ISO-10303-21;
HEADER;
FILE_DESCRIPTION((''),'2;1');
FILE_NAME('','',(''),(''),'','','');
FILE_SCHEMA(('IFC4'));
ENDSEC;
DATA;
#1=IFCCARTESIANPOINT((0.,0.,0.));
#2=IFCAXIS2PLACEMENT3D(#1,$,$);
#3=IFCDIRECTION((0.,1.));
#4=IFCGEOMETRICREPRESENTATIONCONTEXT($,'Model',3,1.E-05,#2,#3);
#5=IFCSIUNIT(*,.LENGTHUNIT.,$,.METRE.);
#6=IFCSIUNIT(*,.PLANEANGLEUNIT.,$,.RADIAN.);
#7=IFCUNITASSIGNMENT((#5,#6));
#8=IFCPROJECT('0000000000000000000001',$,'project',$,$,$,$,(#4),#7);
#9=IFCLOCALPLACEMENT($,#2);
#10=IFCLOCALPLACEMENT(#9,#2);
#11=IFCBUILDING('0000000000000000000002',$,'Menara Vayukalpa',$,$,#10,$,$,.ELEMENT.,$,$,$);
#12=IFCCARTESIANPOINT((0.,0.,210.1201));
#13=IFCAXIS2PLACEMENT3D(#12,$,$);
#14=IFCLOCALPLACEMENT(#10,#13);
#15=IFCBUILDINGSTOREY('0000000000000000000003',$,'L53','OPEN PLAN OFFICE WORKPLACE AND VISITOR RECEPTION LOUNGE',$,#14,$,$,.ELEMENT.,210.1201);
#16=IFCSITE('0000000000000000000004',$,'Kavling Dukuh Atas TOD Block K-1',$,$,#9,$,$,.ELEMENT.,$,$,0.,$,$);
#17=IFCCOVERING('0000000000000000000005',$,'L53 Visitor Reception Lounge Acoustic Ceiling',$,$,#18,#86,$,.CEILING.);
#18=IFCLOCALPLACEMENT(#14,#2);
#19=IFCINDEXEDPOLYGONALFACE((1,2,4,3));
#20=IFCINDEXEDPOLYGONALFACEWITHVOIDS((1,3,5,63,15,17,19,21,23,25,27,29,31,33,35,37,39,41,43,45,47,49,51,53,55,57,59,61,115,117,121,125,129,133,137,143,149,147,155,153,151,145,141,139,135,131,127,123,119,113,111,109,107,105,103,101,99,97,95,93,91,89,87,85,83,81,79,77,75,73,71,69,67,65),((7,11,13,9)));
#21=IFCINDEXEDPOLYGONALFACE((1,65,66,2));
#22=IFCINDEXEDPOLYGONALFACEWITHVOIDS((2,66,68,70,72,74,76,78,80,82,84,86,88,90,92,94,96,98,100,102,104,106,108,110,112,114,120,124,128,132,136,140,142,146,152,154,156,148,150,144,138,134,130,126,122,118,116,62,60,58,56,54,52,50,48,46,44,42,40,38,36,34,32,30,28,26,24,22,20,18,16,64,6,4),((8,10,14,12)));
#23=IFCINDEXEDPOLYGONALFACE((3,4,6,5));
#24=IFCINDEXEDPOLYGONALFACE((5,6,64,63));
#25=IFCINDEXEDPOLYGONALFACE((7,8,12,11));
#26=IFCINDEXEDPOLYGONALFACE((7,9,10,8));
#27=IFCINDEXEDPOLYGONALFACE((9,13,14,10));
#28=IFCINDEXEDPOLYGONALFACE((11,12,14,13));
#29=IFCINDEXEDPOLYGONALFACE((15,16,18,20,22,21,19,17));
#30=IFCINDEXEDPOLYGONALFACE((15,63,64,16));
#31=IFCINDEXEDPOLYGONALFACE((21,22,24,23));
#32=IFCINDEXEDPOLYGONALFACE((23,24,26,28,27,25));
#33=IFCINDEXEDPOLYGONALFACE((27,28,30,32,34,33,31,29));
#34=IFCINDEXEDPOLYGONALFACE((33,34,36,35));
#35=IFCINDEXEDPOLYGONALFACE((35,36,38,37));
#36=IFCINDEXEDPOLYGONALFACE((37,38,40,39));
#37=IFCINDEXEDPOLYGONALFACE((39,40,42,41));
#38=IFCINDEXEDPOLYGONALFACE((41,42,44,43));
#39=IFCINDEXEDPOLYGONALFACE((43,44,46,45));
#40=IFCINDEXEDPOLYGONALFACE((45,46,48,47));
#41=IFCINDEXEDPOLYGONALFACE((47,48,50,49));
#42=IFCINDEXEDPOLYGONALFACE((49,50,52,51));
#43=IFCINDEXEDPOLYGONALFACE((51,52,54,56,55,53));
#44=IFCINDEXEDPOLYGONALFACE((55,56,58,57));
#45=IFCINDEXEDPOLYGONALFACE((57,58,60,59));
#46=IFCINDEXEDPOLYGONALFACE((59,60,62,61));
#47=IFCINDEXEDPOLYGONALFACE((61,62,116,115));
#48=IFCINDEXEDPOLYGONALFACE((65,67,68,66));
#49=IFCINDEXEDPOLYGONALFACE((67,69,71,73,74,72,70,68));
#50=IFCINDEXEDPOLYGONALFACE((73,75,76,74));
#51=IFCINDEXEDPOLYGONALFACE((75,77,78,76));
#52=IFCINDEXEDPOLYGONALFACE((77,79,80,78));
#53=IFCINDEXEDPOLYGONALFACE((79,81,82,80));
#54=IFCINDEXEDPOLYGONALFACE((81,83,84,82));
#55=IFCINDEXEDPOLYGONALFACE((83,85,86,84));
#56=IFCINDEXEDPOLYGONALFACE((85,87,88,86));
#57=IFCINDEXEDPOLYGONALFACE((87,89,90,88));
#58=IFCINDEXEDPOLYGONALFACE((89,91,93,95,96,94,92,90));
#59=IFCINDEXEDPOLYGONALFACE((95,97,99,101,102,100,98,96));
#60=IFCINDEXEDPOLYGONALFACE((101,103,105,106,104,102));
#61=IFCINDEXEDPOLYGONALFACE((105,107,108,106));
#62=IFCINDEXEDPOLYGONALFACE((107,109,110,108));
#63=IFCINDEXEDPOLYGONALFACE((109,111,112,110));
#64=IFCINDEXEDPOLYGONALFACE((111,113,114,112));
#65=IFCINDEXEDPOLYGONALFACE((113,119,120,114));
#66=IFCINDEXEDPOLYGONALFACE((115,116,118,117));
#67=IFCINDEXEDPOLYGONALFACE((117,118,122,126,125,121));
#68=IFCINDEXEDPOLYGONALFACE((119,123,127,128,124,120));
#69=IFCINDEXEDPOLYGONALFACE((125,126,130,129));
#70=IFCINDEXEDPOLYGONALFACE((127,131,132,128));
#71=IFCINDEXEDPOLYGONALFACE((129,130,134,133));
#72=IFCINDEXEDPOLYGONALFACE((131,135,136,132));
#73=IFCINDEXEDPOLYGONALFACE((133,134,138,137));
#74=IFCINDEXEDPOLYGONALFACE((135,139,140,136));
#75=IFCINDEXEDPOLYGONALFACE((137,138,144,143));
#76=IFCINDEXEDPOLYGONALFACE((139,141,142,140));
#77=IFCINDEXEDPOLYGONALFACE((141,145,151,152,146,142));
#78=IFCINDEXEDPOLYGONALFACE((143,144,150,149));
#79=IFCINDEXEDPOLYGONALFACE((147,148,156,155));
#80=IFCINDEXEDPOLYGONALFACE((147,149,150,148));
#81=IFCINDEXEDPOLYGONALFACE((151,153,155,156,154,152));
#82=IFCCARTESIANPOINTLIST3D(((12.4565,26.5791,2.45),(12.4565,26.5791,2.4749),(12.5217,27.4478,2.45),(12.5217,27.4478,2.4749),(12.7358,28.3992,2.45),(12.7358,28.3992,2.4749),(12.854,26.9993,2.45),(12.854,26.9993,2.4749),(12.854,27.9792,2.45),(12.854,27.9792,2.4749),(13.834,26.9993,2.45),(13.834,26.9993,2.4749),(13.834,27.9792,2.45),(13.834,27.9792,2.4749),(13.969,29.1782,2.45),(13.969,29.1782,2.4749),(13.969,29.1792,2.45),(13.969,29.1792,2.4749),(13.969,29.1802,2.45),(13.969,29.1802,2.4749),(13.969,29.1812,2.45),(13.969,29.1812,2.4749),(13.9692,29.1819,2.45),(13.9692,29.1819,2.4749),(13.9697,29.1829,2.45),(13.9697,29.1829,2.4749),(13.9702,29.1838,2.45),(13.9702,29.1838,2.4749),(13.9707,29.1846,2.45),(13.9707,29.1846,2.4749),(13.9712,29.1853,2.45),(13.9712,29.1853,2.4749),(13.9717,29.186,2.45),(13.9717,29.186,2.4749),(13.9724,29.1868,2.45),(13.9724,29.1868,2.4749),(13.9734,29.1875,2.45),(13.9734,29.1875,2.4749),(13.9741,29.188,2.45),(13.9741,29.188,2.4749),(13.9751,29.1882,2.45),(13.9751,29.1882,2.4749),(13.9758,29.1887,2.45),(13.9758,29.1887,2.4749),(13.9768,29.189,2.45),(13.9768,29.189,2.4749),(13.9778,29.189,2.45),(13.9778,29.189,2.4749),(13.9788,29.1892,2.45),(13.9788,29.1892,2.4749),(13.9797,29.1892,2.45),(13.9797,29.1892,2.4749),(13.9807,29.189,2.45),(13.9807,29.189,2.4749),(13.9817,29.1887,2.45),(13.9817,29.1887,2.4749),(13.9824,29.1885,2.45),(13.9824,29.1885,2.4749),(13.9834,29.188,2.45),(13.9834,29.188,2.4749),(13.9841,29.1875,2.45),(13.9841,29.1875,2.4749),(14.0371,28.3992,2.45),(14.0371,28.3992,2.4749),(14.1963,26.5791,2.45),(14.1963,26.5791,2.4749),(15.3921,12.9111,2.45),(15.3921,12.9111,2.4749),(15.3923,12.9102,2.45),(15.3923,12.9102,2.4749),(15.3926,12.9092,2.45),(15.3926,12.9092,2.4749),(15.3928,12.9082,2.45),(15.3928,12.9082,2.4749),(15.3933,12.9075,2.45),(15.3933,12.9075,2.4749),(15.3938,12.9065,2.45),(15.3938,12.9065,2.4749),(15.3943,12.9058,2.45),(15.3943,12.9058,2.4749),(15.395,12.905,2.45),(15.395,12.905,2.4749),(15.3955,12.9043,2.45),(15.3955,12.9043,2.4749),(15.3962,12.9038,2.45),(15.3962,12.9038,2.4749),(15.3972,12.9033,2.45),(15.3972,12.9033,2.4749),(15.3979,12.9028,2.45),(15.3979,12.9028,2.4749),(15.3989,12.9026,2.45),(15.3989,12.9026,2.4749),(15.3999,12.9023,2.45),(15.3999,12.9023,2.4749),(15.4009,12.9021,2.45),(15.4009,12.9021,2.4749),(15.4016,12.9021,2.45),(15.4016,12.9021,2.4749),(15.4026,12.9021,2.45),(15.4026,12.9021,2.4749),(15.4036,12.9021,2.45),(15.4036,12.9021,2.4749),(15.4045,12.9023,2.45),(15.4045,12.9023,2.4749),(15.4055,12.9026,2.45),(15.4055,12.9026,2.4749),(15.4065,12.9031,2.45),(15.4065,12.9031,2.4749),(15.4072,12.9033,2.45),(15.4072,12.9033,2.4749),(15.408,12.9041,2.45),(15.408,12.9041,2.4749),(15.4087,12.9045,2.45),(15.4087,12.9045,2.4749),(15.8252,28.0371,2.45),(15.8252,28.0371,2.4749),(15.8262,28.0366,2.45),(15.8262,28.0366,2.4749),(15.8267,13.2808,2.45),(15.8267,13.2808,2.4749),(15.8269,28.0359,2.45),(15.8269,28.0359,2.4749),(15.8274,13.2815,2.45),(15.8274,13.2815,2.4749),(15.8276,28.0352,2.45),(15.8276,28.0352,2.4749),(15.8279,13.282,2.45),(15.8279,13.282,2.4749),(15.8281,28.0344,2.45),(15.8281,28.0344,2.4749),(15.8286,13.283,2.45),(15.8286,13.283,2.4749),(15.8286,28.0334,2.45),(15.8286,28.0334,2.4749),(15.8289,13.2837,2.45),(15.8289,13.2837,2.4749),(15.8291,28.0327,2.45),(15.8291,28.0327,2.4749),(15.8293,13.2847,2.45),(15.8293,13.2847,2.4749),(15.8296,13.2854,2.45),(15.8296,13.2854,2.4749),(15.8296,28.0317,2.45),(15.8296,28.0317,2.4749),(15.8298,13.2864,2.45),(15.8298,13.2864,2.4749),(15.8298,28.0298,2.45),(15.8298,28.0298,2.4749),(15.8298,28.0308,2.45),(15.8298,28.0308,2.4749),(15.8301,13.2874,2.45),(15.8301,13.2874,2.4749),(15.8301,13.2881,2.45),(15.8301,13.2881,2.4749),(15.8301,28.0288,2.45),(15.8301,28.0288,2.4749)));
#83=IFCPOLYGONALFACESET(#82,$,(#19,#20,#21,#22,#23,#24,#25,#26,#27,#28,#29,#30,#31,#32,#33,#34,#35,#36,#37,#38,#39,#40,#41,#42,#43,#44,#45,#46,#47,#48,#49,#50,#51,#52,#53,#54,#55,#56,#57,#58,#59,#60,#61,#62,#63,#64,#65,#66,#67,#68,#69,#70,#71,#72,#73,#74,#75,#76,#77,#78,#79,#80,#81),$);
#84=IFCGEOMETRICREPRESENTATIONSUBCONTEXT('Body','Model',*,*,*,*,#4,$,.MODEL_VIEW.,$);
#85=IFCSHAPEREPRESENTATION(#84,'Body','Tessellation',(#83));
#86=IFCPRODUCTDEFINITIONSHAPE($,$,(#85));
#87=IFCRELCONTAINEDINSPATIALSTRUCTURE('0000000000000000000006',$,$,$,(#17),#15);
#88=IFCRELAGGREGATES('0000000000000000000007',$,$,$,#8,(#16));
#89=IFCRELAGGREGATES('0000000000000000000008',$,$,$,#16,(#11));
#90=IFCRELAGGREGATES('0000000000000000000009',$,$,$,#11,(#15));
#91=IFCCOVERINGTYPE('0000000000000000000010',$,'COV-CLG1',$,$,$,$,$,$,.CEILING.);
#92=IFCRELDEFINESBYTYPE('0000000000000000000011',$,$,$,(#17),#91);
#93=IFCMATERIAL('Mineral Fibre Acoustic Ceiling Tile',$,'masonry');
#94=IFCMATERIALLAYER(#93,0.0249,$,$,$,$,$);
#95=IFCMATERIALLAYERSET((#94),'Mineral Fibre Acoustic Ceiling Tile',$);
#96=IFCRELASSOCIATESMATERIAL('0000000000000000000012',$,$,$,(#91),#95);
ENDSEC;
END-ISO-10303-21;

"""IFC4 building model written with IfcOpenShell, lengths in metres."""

from ifc_helpers import new_model, si_unit, direction, frame, origin, place, context, subcontext, project, spatial, polyline, outline, extrude, material, layer, layer_set, type_object, element, save


model = new_model("IFC4")

# Units and contexts
model_context = context("Model", 3, precision=1e-05, world=origin(), true_north=direction((0.0, 1.0)))
body_context = subcontext(model_context, "Body", "Model", "MODEL_VIEW")
ifc_project = project(units=[si_unit("LENGTHUNIT", "METRE"), si_unit("PLANEANGLEUNIT", "RADIAN")], contexts=[model_context])

# Site, building, storey
site_placement = place(None, origin())
site = spatial("IfcSite", under=ifc_project, at=site_placement, Name="Kavling Dukuh Atas TOD Block K-1", CompositionType="ELEMENT", RefElevation=0.0)
building_placement = place(site_placement, origin())
building = spatial("IfcBuilding", under=site, at=building_placement, Name="Menara Vayukalpa", CompositionType="ELEMENT")
storey_placement = place(building_placement, frame((0.0, 0.0, 210.1201)))
storey = spatial("IfcBuildingStorey", under=building, at=storey_placement, Name="L53", Description="OPEN PLAN OFFICE WORKPLACE AND VISITOR RECEPTION LOUNGE", CompositionType="ELEMENT", Elevation=210.1201)

# Covering
ifc_material_1 = material(Name="Mineral Fibre Acoustic Ceiling Tile", Category="masonry")
ifc_layer_1 = layer(ifc_material_1, 0.0249)
ifc_layer_set_1 = layer_set([ifc_layer_1], Name="Mineral Fibre Acoustic Ceiling Tile")
covering_type_1 = type_object("IfcCoveringType", Name="COV-CLG1", PredefinedType="CEILING", material=ifc_layer_set_1)
covering_1_placement = place(storey_placement, frame((0.0, 0.0, 2.45)))
element("IfcCovering", 1, at=covering_1_placement, inside=storey, type_object=covering_type_1, Name="L53 Visitor Reception Lounge Acoustic Ceiling", PredefinedType="CEILING", context=body_context, shape_type="SweptSolid", body=[
    extrude(outline(polyline([(15.8298, 13.2864), (15.8296, 13.2854), (15.8293, 13.2847), (15.8289, 13.2837), (15.8286, 13.283), (15.8279, 13.282), (15.8274, 13.2815), (15.8267, 13.2808), (15.4087, 12.9045), (15.408, 12.9041), (15.4072, 12.9033), (15.4065, 12.9031), (15.4055, 12.9026), (15.4045, 12.9023), (15.4036, 12.9021), (15.4026, 12.9021), (15.4016, 12.9021), (15.4009, 12.9021), (15.3999, 12.9023), (15.3989, 12.9026), (15.3979, 12.9028), (15.3972, 12.9033), (15.3962, 12.9038), (15.3955, 12.9043), (15.395, 12.905), (15.3943, 12.9058), (15.3938, 12.9065), (15.3933, 12.9075), (15.3928, 12.9082), (15.3926, 12.9092), (15.3923, 12.9102), (15.3921, 12.9111), (14.1963, 26.5791), (12.4565, 26.5791), (12.5217, 27.4478), (12.7358, 28.3992), (14.0371, 28.3992), (13.969, 29.1782), (13.969, 29.1792), (13.969, 29.1802), (13.969, 29.1812), (13.9692, 29.1819), (13.9697, 29.1829), (13.9702, 29.1838), (13.9707, 29.1846), (13.9712, 29.1853), (13.9717, 29.186), (13.9724, 29.1868), (13.9734, 29.1875), (13.9741, 29.188), (13.9751, 29.1882), (13.9758, 29.1887), (13.9768, 29.189), (13.9778, 29.189), (13.9788, 29.1892), (13.9797, 29.1892), (13.9807, 29.189), (13.9817, 29.1887), (13.9824, 29.1885), (13.9834, 29.188), (13.9841, 29.1875), (15.8252, 28.0371), (15.8262, 28.0366), (15.8269, 28.0359), (15.8276, 28.0352), (15.8281, 28.0344), (15.8286, 28.0334), (15.8291, 28.0327), (15.8296, 28.0317), (15.8298, 28.0308), (15.8298, 28.0298), (15.8301, 28.0288), (15.8301, 13.2881), (15.8301, 13.2874), (15.8298, 13.2864)]), holes=[polyline([(13.834, 27.9792), (12.854, 27.9792), (12.854, 26.9993), (13.834, 26.9993), (13.834, 27.9792)])]), origin(), (0.0, 0.0, 1.0), 0.0249),
])

save(model, "model.ifc")
